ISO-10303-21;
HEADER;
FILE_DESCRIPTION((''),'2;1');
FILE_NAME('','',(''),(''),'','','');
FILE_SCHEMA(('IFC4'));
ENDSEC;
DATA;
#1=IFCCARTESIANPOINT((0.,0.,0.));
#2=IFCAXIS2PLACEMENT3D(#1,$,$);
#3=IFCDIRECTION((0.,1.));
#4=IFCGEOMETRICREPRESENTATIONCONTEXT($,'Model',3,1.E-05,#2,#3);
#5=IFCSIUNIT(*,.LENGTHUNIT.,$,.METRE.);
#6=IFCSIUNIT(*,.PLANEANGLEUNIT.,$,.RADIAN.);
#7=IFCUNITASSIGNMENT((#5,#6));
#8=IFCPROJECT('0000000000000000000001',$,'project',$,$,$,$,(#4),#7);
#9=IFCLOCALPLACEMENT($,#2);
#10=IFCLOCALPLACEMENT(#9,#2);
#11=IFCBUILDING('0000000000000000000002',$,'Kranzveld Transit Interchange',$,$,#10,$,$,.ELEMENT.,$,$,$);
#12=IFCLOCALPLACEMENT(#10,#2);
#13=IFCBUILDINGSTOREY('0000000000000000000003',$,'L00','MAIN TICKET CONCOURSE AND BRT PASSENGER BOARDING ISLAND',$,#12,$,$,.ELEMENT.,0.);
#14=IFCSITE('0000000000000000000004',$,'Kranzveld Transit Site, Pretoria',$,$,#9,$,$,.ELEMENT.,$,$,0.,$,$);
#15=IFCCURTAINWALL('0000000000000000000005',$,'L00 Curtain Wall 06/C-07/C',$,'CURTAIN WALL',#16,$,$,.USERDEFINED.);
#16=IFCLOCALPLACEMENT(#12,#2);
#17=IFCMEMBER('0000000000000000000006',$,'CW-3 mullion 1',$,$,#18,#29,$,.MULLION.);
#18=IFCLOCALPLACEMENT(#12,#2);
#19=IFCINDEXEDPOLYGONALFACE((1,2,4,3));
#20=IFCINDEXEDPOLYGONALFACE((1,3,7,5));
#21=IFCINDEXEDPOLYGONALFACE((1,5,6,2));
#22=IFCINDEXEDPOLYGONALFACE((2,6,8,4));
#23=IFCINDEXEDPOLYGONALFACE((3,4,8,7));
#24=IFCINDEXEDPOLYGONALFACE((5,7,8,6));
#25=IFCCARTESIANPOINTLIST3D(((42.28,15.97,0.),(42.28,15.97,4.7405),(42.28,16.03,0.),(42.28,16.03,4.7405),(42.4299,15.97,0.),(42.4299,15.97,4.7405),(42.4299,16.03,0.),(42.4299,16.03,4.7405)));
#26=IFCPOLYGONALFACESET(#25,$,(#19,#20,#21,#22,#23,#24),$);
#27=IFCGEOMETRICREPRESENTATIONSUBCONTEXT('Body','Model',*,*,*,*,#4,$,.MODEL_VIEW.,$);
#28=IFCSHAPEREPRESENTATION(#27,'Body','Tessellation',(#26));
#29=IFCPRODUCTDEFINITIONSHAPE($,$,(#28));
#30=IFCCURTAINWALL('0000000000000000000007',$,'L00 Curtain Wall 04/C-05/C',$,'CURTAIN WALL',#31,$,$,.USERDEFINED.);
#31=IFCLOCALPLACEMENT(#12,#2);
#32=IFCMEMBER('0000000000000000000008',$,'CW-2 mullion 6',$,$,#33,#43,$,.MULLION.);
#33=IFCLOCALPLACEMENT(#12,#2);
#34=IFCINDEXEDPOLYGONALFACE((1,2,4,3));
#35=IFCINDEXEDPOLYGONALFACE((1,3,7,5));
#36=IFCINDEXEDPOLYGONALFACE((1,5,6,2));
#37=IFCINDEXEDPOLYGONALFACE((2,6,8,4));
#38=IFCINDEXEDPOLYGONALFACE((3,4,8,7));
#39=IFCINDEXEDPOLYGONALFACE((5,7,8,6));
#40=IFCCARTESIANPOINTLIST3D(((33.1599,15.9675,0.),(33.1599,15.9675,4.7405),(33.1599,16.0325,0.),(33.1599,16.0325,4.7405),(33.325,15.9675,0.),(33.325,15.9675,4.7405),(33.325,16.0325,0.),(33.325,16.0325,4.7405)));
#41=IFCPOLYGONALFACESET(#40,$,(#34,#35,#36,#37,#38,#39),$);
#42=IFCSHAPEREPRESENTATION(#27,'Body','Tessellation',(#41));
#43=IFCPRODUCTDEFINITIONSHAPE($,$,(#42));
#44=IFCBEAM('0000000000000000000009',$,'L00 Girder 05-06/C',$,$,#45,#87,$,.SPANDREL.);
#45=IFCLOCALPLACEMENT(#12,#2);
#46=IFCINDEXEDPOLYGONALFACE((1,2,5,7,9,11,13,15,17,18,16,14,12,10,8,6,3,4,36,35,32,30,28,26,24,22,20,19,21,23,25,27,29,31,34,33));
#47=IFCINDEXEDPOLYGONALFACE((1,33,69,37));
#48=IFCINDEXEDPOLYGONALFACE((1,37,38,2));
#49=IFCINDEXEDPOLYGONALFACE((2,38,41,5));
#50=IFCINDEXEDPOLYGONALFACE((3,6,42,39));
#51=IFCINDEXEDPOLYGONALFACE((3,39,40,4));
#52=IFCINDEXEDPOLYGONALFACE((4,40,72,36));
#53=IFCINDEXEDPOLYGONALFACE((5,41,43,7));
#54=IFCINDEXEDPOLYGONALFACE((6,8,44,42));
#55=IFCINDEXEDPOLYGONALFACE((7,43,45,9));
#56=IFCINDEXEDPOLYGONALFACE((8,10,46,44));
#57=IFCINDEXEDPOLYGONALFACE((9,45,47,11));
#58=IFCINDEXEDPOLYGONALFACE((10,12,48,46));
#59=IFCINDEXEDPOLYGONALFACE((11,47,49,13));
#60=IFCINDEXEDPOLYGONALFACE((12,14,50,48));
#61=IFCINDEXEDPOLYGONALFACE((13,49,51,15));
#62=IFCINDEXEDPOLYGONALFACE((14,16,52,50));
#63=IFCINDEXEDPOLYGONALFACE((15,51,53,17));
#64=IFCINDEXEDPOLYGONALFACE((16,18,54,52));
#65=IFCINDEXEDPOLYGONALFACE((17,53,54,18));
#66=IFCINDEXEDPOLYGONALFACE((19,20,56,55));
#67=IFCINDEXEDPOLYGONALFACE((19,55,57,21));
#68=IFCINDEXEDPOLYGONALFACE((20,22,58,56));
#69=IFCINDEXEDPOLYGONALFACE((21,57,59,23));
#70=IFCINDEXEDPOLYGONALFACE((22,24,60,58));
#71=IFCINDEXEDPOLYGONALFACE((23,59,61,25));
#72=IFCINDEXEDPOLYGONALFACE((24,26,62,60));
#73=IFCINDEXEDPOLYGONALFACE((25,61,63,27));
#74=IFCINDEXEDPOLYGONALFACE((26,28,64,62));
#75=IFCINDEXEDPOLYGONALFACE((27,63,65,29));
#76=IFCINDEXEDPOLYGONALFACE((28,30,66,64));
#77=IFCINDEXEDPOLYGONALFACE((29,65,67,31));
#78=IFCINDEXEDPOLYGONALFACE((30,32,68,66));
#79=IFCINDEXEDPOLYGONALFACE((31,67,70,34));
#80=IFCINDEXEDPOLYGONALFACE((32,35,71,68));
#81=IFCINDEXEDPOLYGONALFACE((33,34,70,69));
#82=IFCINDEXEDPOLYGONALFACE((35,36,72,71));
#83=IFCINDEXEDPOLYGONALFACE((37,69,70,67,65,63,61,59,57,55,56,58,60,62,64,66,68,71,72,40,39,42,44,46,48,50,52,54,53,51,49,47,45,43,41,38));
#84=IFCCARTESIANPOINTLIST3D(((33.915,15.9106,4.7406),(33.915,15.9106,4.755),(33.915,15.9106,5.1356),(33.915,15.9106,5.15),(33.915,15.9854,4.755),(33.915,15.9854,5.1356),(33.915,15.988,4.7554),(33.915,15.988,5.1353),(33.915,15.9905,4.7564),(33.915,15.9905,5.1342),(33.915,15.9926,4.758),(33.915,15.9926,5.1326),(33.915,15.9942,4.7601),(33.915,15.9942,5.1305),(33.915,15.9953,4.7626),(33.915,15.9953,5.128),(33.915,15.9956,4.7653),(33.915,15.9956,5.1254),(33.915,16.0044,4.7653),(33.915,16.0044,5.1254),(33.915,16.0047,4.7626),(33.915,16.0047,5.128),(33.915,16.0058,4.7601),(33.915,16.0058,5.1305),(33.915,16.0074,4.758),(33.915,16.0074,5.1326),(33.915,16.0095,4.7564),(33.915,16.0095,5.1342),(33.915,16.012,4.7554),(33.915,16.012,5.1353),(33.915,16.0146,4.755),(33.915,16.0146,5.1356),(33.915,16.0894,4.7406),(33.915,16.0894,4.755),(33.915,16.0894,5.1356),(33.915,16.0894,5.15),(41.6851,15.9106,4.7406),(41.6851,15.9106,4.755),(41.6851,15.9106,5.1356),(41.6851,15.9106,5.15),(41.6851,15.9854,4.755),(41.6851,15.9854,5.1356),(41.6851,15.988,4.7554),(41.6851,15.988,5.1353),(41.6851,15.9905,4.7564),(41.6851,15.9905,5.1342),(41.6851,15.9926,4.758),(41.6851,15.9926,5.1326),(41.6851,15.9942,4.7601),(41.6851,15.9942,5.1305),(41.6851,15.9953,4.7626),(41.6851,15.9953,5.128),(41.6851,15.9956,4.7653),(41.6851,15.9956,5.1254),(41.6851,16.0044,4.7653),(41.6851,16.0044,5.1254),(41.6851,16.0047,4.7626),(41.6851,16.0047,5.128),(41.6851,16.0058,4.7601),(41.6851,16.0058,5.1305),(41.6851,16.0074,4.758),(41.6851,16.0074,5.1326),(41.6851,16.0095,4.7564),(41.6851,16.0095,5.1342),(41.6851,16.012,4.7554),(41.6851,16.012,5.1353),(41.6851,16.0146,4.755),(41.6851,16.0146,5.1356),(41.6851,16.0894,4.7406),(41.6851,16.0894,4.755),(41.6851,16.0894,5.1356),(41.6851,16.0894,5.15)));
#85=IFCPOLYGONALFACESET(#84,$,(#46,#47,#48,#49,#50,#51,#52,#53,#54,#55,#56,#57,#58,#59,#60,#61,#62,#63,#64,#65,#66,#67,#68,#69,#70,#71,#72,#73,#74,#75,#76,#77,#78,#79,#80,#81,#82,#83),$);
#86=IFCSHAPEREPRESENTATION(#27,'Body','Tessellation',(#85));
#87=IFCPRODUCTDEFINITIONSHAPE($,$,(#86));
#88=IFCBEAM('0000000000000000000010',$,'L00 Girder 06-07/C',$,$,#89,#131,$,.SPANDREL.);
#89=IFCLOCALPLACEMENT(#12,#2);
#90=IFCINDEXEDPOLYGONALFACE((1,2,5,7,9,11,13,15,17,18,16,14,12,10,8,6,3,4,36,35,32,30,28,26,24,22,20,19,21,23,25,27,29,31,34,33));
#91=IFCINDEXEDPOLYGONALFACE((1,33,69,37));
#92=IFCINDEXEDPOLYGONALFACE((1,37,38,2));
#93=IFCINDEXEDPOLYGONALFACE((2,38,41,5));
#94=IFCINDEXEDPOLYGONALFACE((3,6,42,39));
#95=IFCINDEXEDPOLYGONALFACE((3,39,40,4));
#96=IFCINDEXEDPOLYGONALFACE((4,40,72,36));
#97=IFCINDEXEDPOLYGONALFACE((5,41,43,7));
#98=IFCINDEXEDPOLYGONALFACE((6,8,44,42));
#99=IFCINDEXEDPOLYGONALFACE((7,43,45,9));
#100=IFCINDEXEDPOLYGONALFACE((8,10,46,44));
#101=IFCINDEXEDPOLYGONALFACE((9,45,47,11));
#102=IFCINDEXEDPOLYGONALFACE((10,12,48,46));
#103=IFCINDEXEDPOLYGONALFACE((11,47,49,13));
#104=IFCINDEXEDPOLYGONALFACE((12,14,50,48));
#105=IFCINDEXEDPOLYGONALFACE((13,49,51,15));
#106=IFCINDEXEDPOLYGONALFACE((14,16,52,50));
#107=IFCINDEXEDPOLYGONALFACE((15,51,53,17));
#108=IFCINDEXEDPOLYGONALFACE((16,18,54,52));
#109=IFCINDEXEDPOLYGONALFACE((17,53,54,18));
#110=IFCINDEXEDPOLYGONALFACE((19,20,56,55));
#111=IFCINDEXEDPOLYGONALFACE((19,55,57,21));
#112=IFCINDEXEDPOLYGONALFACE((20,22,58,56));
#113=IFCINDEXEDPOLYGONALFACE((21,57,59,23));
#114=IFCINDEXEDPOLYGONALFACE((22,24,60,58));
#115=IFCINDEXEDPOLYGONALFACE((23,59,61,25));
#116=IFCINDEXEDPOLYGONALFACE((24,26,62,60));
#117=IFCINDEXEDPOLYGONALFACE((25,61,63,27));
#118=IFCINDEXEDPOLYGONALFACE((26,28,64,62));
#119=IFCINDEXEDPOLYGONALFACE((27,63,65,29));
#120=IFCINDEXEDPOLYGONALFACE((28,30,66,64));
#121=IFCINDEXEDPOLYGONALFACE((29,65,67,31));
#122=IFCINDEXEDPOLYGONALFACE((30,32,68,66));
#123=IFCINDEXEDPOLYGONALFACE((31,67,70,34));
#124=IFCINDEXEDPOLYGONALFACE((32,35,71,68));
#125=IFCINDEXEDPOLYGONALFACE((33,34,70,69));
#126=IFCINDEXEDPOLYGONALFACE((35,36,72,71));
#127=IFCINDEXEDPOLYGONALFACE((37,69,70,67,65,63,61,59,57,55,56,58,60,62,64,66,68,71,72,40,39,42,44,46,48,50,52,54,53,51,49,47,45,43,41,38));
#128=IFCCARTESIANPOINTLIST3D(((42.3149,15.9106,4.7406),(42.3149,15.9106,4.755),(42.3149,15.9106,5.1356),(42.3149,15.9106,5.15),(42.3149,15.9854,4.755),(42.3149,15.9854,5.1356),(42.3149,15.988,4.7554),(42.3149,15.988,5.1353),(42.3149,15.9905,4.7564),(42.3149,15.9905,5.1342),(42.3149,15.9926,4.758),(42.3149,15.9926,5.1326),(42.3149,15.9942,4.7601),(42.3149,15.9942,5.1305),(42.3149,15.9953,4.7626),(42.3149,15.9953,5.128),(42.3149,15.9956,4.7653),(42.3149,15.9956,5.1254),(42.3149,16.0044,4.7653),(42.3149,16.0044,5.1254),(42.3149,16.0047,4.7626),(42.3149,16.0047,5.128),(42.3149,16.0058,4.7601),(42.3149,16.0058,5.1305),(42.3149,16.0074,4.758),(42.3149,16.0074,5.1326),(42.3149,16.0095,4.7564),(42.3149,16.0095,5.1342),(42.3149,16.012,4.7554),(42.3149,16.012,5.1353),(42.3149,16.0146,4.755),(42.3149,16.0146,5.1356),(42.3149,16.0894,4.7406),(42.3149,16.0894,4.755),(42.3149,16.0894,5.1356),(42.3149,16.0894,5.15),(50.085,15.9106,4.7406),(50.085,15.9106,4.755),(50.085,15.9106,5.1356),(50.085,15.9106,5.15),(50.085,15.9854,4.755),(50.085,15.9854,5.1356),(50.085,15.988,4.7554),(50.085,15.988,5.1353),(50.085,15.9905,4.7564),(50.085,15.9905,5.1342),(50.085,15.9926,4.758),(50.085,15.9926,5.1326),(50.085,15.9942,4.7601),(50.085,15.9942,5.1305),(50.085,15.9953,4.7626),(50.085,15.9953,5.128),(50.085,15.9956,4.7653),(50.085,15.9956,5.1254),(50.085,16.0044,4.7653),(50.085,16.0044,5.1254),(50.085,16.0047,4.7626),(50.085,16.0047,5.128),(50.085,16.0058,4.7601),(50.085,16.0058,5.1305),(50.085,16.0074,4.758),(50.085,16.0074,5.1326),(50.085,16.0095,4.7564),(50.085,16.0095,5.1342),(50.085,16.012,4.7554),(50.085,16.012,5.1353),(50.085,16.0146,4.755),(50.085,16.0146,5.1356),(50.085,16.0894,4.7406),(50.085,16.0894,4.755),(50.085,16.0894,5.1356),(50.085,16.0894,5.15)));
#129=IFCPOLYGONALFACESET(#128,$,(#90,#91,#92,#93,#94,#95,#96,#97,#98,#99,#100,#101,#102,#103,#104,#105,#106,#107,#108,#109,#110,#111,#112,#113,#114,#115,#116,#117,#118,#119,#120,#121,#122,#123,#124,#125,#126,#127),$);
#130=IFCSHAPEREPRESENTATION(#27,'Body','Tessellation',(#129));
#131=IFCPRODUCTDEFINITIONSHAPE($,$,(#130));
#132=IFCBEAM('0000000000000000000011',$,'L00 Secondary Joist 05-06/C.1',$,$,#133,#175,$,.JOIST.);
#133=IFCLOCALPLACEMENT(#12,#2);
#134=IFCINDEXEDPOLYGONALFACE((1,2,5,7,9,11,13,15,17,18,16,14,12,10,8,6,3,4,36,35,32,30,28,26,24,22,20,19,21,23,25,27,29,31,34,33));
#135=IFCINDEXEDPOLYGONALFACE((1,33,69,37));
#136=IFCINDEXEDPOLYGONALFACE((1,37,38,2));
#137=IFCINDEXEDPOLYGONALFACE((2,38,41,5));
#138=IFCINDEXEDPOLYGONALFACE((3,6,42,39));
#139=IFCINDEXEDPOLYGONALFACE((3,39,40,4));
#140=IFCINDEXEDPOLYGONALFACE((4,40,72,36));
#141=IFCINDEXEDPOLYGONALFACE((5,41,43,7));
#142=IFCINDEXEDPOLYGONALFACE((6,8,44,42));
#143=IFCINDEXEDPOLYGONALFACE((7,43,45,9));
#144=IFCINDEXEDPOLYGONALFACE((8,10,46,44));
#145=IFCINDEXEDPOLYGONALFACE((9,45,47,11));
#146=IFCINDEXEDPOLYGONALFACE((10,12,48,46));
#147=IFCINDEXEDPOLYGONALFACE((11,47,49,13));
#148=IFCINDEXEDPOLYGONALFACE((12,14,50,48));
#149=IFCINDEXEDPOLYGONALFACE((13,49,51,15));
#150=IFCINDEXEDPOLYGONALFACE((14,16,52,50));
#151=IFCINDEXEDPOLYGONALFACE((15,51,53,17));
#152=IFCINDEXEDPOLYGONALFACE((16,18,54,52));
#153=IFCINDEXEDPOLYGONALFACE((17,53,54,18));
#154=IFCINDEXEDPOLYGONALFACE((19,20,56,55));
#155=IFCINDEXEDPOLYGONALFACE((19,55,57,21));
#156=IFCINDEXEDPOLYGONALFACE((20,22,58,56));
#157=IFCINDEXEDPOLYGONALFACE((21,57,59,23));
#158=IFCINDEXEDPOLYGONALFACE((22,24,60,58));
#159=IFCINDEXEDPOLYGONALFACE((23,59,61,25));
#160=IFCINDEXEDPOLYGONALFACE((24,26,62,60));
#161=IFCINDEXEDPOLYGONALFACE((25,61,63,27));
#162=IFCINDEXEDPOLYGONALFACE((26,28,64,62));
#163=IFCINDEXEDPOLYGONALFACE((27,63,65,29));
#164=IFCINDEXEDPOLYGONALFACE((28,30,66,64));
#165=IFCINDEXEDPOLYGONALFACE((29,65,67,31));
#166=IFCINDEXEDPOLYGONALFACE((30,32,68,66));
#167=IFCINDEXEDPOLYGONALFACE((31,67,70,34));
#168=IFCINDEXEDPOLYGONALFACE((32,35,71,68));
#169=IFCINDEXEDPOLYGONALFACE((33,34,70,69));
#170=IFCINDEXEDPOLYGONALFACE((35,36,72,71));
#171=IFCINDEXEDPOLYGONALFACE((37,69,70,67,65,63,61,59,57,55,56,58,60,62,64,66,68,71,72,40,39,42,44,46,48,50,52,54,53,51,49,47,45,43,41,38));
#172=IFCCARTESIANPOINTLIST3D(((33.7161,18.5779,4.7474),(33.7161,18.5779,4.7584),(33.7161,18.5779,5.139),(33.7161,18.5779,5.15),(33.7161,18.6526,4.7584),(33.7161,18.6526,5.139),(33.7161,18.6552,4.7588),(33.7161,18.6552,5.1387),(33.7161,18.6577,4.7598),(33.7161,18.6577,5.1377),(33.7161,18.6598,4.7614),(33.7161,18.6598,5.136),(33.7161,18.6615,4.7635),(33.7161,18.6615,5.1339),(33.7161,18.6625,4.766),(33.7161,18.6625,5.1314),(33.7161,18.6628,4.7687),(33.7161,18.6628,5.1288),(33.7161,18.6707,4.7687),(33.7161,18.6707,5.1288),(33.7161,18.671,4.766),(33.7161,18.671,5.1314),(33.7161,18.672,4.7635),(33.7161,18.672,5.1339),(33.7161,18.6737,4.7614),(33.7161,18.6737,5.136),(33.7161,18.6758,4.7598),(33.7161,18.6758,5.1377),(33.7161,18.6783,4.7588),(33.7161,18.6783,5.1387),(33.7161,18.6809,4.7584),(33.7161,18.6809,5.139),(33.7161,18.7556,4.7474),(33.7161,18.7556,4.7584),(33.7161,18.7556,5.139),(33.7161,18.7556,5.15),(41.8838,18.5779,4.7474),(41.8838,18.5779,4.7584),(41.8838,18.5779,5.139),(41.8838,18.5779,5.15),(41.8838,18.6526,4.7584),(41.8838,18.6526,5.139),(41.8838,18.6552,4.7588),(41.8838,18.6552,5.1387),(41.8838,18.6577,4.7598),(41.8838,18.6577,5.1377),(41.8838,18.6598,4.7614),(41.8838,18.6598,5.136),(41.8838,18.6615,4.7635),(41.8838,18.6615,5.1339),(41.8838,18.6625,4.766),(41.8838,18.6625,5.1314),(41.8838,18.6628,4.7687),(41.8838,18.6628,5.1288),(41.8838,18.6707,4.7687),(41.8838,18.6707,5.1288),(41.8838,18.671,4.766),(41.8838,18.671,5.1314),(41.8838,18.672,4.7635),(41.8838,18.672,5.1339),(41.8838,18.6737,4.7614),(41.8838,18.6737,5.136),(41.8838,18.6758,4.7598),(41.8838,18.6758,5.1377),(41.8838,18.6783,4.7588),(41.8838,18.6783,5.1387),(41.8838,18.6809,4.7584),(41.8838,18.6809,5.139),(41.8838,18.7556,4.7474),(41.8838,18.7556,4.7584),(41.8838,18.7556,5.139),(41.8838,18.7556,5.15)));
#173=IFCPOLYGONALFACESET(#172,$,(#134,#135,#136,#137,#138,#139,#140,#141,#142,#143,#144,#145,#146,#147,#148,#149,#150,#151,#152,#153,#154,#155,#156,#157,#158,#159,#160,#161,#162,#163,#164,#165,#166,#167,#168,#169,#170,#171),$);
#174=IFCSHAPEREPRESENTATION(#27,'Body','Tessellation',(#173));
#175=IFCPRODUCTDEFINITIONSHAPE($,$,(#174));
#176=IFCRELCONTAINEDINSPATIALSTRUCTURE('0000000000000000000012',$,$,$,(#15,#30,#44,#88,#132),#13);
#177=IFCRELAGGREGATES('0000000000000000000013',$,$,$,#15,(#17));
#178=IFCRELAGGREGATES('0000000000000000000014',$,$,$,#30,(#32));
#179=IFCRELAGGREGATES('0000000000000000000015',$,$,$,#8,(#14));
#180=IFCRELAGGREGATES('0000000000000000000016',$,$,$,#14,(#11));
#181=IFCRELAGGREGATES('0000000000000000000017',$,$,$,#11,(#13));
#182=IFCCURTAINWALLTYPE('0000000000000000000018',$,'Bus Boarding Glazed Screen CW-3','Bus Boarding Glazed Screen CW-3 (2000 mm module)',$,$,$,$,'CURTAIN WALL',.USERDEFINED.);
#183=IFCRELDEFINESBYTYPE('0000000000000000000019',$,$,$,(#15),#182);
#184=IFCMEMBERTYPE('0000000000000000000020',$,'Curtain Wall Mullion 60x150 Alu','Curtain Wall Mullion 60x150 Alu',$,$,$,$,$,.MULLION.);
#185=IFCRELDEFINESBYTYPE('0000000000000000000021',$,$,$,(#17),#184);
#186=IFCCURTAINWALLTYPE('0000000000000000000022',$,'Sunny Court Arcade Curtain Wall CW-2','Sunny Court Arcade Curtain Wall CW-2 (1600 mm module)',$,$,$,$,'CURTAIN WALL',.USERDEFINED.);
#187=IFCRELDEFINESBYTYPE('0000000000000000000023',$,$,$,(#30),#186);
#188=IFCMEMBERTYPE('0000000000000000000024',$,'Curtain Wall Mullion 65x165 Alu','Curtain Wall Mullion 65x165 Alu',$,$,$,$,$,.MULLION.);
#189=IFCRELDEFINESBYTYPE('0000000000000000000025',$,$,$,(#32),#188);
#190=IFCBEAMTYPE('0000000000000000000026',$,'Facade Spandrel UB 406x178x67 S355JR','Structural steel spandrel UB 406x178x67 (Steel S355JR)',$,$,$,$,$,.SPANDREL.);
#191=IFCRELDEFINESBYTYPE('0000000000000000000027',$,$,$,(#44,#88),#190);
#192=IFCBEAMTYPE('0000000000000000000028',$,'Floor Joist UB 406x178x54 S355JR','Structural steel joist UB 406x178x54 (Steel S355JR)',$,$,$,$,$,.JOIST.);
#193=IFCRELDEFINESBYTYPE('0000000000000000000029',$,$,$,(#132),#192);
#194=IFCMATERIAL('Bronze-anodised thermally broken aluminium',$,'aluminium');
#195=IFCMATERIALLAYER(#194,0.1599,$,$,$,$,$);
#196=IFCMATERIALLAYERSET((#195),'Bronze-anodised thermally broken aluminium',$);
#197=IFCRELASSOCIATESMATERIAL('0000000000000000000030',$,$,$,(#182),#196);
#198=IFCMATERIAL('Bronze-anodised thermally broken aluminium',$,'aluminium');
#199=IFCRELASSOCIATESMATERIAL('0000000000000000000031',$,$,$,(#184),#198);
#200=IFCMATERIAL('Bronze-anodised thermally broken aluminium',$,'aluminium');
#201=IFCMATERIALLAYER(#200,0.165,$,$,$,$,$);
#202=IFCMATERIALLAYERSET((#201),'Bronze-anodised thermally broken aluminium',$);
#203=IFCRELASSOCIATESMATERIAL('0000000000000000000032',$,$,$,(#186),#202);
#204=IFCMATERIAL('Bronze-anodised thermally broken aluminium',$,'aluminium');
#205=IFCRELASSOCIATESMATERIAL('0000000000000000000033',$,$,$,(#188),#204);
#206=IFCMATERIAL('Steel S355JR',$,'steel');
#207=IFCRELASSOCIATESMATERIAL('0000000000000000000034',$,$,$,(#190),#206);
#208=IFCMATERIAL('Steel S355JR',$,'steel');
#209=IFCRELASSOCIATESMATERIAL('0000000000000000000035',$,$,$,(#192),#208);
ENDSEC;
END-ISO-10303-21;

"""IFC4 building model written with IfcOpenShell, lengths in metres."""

from ifc_helpers import new_model, si_unit, direction, frame, origin, origin_2d, place, context, subcontext, project, spatial, rectangle, i_section, extrude, material, layer, layer_set, material_profile, profile_set, type_object, element, aggregate, save


model = new_model("IFC4")

# Units and contexts
model_context = context("Model", 3, precision=1e-05, world=origin(), true_north=direction((0.0, 1.0)))
body_context = subcontext(model_context, "Body", "Model", "MODEL_VIEW")
ifc_project = project(units=[si_unit("LENGTHUNIT", "METRE"), si_unit("PLANEANGLEUNIT", "RADIAN")], contexts=[model_context])

# Site, building, storey
site_placement = place(None, origin())
site = spatial("IfcSite", under=ifc_project, at=site_placement, Name="Kranzveld Transit Site, Pretoria", CompositionType="ELEMENT", RefElevation=0.0)
building_placement = place(site_placement, origin())
building = spatial("IfcBuilding", under=site, at=building_placement, Name="Kranzveld Transit Interchange", CompositionType="ELEMENT")
storey_placement = place(building_placement, origin())
storey = spatial("IfcBuildingStorey", under=building, at=storey_placement, Name="L00", Description="MAIN TICKET CONCOURSE AND BRT PASSENGER BOARDING ISLAND", CompositionType="ELEMENT", Elevation=0.0)

# Curtain walls, members
ifc_material_1 = material(Name="Bronze-anodised thermally broken aluminium", Category="aluminium")
ifc_layer_1 = layer(ifc_material_1, 0.1599)
ifc_layer_set_1 = layer_set([ifc_layer_1], Name="Bronze-anodised thermally broken aluminium")
curtain_wall_type_1 = type_object("IfcCurtainWallType", Name="Bus Boarding Glazed Screen CW-3", Description="Bus Boarding Glazed Screen CW-3 (2000 mm module)", ElementType="CURTAIN WALL", PredefinedType="USERDEFINED", material=ifc_layer_set_1)
curtain_wall_1_placement = place(storey_placement, origin())
curtain_wall_1 = element("IfcCurtainWall", 1, at=curtain_wall_1_placement, inside=storey, type_object=curtain_wall_type_1, Name="L00 Curtain Wall 06/C-07/C", ObjectType="CURTAIN WALL", PredefinedType="USERDEFINED")
ifc_material_2 = material(Name="Bronze-anodised thermally broken aluminium", Category="aluminium")
ifc_material_profile_1 = material_profile(ifc_material_2, rectangle(XDim=0.0601, YDim=0.1499, at=origin_2d()), Name="ALU MULLION 60x150")
ifc_profile_set_1 = profile_set([ifc_material_profile_1], Name="Bronze-anodised thermally broken aluminium")
member_type_1 = type_object("IfcMemberType", Name="Curtain Wall Mullion 60x150 Alu", Description="Curtain Wall Mullion 60x150 Alu", PredefinedType="MULLION", material=ifc_profile_set_1)
member_1_placement = place(storey_placement, frame((42.355, 16.0, 0.0), z_axis=(0.0, 0.0, 1.0), x_axis=(0.0, 1.0, 0.0)))
member_1 = element("IfcMember", 2, at=member_1_placement, type_object=member_type_1, Name="CW-3 mullion 1", PredefinedType="MULLION", context=body_context, shape_type="SweptSolid", body=[
    extrude(rectangle(XDim=0.0601, YDim=0.1499, at=origin_2d()), origin(), (0.0, 0.0, 1.0), 4.7405),
])
aggregate(curtain_wall_1, [member_1])
ifc_material_3 = material(Name="Bronze-anodised thermally broken aluminium", Category="aluminium")
ifc_layer_2 = layer(ifc_material_3, 0.165)
ifc_layer_set_2 = layer_set([ifc_layer_2], Name="Bronze-anodised thermally broken aluminium")
curtain_wall_type_2 = type_object("IfcCurtainWallType", Name="Sunny Court Arcade Curtain Wall CW-2", Description="Sunny Court Arcade Curtain Wall CW-2 (1600 mm module)", ElementType="CURTAIN WALL", PredefinedType="USERDEFINED", material=ifc_layer_set_2)
curtain_wall_2_placement = place(storey_placement, origin())
curtain_wall_2 = element("IfcCurtainWall", 3, at=curtain_wall_2_placement, inside=storey, type_object=curtain_wall_type_2, Name="L00 Curtain Wall 04/C-05/C", ObjectType="CURTAIN WALL", PredefinedType="USERDEFINED")
ifc_material_4 = material(Name="Bronze-anodised thermally broken aluminium", Category="aluminium")
ifc_material_profile_2 = material_profile(ifc_material_4, rectangle(XDim=0.0649, YDim=0.165, at=origin_2d()), Name="ALU MULLION 65x165")
ifc_profile_set_2 = profile_set([ifc_material_profile_2], Name="Bronze-anodised thermally broken aluminium")
member_type_2 = type_object("IfcMemberType", Name="Curtain Wall Mullion 65x165 Alu", Description="Curtain Wall Mullion 65x165 Alu", PredefinedType="MULLION", material=ifc_profile_set_2)
member_2_placement = place(storey_placement, frame((33.2424, 16.0, 0.0), z_axis=(0.0, 0.0, 1.0), x_axis=(0.0, 1.0, 0.0)))
member_2 = element("IfcMember", 4, at=member_2_placement, type_object=member_type_2, Name="CW-2 mullion 6", PredefinedType="MULLION", context=body_context, shape_type="SweptSolid", body=[
    extrude(rectangle(XDim=0.0649, YDim=0.165, at=origin_2d()), origin(), (0.0, 0.0, 1.0), 4.7405),
])
aggregate(curtain_wall_2, [member_2])

# Beams
ifc_material_5 = material(Name="Steel S355JR", Category="steel")
ifc_material_profile_3 = material_profile(ifc_material_5, i_section(OverallWidth=0.1787, OverallDepth=0.4094, WebThickness=0.0088, FlangeThickness=0.0144, FilletRadius=0.0103, at=origin_2d()), Name="UB 406x178x67")
ifc_profile_set_3 = profile_set([ifc_material_profile_3], Name="Steel S355JR")
beam_type_1 = type_object("IfcBeamType", Name="Facade Spandrel UB 406x178x67 S355JR", Description="Structural steel spandrel UB 406x178x67 (Steel S355JR)", PredefinedType="SPANDREL", material=ifc_profile_set_3)
for number, where, z_axis, x_axis, name in (
    (5, (33.915, 16.0, 4.9453), (1.0, 0.0, 0.0), (0.0, 1.0, 0.0), "L00 Girder 05-06/C"),
    (6, (42.3149, 16.0, 4.9453), (1.0, 0.0, 0.0), (0.0, 1.0, 0.0), "L00 Girder 06-07/C"),
):
    element("IfcBeam", number, at=place(storey_placement, frame(where, z_axis=z_axis, x_axis=x_axis)), inside=storey, type_object=beam_type_1, Name=name, PredefinedType="SPANDREL", context=body_context, shape_type="SweptSolid", body=[
        extrude(i_section(OverallWidth=0.1787, OverallDepth=0.4094, WebThickness=0.0088, FlangeThickness=0.0144, FilletRadius=0.0103, at=origin_2d()), origin(), (0.0, 0.0, 1.0), 7.77),
    ])
ifc_material_6 = material(Name="Steel S355JR", Category="steel")
ifc_material_profile_4 = material_profile(ifc_material_6, i_section(OverallWidth=0.1777, OverallDepth=0.4026, WebThickness=0.0078, FlangeThickness=0.011, FilletRadius=0.0103, at=origin_2d()), Name="UB 406x178x54")
ifc_profile_set_4 = profile_set([ifc_material_profile_4], Name="Steel S355JR")
beam_type_2 = type_object("IfcBeamType", Name="Floor Joist UB 406x178x54 S355JR", Description="Structural steel joist UB 406x178x54 (Steel S355JR)", PredefinedType="JOIST", material=ifc_profile_set_4)
for number, where, z_axis, x_axis, name in (
    (7, (33.7161, 18.6667, 4.9487), (1.0, 0.0, 0.0), (0.0, 1.0, 0.0), "L00 Secondary Joist 05-06/C.1"),
):
    element("IfcBeam", number, at=place(storey_placement, frame(where, z_axis=z_axis, x_axis=x_axis)), inside=storey, type_object=beam_type_2, Name=name, PredefinedType="JOIST", context=body_context, shape_type="SweptSolid", body=[
        extrude(i_section(OverallWidth=0.1777, OverallDepth=0.4026, WebThickness=0.0078, FlangeThickness=0.011, FilletRadius=0.0103, at=origin_2d()), origin(), (0.0, 0.0, 1.0), 8.1677),
    ])

save(model, "model.ifc")
